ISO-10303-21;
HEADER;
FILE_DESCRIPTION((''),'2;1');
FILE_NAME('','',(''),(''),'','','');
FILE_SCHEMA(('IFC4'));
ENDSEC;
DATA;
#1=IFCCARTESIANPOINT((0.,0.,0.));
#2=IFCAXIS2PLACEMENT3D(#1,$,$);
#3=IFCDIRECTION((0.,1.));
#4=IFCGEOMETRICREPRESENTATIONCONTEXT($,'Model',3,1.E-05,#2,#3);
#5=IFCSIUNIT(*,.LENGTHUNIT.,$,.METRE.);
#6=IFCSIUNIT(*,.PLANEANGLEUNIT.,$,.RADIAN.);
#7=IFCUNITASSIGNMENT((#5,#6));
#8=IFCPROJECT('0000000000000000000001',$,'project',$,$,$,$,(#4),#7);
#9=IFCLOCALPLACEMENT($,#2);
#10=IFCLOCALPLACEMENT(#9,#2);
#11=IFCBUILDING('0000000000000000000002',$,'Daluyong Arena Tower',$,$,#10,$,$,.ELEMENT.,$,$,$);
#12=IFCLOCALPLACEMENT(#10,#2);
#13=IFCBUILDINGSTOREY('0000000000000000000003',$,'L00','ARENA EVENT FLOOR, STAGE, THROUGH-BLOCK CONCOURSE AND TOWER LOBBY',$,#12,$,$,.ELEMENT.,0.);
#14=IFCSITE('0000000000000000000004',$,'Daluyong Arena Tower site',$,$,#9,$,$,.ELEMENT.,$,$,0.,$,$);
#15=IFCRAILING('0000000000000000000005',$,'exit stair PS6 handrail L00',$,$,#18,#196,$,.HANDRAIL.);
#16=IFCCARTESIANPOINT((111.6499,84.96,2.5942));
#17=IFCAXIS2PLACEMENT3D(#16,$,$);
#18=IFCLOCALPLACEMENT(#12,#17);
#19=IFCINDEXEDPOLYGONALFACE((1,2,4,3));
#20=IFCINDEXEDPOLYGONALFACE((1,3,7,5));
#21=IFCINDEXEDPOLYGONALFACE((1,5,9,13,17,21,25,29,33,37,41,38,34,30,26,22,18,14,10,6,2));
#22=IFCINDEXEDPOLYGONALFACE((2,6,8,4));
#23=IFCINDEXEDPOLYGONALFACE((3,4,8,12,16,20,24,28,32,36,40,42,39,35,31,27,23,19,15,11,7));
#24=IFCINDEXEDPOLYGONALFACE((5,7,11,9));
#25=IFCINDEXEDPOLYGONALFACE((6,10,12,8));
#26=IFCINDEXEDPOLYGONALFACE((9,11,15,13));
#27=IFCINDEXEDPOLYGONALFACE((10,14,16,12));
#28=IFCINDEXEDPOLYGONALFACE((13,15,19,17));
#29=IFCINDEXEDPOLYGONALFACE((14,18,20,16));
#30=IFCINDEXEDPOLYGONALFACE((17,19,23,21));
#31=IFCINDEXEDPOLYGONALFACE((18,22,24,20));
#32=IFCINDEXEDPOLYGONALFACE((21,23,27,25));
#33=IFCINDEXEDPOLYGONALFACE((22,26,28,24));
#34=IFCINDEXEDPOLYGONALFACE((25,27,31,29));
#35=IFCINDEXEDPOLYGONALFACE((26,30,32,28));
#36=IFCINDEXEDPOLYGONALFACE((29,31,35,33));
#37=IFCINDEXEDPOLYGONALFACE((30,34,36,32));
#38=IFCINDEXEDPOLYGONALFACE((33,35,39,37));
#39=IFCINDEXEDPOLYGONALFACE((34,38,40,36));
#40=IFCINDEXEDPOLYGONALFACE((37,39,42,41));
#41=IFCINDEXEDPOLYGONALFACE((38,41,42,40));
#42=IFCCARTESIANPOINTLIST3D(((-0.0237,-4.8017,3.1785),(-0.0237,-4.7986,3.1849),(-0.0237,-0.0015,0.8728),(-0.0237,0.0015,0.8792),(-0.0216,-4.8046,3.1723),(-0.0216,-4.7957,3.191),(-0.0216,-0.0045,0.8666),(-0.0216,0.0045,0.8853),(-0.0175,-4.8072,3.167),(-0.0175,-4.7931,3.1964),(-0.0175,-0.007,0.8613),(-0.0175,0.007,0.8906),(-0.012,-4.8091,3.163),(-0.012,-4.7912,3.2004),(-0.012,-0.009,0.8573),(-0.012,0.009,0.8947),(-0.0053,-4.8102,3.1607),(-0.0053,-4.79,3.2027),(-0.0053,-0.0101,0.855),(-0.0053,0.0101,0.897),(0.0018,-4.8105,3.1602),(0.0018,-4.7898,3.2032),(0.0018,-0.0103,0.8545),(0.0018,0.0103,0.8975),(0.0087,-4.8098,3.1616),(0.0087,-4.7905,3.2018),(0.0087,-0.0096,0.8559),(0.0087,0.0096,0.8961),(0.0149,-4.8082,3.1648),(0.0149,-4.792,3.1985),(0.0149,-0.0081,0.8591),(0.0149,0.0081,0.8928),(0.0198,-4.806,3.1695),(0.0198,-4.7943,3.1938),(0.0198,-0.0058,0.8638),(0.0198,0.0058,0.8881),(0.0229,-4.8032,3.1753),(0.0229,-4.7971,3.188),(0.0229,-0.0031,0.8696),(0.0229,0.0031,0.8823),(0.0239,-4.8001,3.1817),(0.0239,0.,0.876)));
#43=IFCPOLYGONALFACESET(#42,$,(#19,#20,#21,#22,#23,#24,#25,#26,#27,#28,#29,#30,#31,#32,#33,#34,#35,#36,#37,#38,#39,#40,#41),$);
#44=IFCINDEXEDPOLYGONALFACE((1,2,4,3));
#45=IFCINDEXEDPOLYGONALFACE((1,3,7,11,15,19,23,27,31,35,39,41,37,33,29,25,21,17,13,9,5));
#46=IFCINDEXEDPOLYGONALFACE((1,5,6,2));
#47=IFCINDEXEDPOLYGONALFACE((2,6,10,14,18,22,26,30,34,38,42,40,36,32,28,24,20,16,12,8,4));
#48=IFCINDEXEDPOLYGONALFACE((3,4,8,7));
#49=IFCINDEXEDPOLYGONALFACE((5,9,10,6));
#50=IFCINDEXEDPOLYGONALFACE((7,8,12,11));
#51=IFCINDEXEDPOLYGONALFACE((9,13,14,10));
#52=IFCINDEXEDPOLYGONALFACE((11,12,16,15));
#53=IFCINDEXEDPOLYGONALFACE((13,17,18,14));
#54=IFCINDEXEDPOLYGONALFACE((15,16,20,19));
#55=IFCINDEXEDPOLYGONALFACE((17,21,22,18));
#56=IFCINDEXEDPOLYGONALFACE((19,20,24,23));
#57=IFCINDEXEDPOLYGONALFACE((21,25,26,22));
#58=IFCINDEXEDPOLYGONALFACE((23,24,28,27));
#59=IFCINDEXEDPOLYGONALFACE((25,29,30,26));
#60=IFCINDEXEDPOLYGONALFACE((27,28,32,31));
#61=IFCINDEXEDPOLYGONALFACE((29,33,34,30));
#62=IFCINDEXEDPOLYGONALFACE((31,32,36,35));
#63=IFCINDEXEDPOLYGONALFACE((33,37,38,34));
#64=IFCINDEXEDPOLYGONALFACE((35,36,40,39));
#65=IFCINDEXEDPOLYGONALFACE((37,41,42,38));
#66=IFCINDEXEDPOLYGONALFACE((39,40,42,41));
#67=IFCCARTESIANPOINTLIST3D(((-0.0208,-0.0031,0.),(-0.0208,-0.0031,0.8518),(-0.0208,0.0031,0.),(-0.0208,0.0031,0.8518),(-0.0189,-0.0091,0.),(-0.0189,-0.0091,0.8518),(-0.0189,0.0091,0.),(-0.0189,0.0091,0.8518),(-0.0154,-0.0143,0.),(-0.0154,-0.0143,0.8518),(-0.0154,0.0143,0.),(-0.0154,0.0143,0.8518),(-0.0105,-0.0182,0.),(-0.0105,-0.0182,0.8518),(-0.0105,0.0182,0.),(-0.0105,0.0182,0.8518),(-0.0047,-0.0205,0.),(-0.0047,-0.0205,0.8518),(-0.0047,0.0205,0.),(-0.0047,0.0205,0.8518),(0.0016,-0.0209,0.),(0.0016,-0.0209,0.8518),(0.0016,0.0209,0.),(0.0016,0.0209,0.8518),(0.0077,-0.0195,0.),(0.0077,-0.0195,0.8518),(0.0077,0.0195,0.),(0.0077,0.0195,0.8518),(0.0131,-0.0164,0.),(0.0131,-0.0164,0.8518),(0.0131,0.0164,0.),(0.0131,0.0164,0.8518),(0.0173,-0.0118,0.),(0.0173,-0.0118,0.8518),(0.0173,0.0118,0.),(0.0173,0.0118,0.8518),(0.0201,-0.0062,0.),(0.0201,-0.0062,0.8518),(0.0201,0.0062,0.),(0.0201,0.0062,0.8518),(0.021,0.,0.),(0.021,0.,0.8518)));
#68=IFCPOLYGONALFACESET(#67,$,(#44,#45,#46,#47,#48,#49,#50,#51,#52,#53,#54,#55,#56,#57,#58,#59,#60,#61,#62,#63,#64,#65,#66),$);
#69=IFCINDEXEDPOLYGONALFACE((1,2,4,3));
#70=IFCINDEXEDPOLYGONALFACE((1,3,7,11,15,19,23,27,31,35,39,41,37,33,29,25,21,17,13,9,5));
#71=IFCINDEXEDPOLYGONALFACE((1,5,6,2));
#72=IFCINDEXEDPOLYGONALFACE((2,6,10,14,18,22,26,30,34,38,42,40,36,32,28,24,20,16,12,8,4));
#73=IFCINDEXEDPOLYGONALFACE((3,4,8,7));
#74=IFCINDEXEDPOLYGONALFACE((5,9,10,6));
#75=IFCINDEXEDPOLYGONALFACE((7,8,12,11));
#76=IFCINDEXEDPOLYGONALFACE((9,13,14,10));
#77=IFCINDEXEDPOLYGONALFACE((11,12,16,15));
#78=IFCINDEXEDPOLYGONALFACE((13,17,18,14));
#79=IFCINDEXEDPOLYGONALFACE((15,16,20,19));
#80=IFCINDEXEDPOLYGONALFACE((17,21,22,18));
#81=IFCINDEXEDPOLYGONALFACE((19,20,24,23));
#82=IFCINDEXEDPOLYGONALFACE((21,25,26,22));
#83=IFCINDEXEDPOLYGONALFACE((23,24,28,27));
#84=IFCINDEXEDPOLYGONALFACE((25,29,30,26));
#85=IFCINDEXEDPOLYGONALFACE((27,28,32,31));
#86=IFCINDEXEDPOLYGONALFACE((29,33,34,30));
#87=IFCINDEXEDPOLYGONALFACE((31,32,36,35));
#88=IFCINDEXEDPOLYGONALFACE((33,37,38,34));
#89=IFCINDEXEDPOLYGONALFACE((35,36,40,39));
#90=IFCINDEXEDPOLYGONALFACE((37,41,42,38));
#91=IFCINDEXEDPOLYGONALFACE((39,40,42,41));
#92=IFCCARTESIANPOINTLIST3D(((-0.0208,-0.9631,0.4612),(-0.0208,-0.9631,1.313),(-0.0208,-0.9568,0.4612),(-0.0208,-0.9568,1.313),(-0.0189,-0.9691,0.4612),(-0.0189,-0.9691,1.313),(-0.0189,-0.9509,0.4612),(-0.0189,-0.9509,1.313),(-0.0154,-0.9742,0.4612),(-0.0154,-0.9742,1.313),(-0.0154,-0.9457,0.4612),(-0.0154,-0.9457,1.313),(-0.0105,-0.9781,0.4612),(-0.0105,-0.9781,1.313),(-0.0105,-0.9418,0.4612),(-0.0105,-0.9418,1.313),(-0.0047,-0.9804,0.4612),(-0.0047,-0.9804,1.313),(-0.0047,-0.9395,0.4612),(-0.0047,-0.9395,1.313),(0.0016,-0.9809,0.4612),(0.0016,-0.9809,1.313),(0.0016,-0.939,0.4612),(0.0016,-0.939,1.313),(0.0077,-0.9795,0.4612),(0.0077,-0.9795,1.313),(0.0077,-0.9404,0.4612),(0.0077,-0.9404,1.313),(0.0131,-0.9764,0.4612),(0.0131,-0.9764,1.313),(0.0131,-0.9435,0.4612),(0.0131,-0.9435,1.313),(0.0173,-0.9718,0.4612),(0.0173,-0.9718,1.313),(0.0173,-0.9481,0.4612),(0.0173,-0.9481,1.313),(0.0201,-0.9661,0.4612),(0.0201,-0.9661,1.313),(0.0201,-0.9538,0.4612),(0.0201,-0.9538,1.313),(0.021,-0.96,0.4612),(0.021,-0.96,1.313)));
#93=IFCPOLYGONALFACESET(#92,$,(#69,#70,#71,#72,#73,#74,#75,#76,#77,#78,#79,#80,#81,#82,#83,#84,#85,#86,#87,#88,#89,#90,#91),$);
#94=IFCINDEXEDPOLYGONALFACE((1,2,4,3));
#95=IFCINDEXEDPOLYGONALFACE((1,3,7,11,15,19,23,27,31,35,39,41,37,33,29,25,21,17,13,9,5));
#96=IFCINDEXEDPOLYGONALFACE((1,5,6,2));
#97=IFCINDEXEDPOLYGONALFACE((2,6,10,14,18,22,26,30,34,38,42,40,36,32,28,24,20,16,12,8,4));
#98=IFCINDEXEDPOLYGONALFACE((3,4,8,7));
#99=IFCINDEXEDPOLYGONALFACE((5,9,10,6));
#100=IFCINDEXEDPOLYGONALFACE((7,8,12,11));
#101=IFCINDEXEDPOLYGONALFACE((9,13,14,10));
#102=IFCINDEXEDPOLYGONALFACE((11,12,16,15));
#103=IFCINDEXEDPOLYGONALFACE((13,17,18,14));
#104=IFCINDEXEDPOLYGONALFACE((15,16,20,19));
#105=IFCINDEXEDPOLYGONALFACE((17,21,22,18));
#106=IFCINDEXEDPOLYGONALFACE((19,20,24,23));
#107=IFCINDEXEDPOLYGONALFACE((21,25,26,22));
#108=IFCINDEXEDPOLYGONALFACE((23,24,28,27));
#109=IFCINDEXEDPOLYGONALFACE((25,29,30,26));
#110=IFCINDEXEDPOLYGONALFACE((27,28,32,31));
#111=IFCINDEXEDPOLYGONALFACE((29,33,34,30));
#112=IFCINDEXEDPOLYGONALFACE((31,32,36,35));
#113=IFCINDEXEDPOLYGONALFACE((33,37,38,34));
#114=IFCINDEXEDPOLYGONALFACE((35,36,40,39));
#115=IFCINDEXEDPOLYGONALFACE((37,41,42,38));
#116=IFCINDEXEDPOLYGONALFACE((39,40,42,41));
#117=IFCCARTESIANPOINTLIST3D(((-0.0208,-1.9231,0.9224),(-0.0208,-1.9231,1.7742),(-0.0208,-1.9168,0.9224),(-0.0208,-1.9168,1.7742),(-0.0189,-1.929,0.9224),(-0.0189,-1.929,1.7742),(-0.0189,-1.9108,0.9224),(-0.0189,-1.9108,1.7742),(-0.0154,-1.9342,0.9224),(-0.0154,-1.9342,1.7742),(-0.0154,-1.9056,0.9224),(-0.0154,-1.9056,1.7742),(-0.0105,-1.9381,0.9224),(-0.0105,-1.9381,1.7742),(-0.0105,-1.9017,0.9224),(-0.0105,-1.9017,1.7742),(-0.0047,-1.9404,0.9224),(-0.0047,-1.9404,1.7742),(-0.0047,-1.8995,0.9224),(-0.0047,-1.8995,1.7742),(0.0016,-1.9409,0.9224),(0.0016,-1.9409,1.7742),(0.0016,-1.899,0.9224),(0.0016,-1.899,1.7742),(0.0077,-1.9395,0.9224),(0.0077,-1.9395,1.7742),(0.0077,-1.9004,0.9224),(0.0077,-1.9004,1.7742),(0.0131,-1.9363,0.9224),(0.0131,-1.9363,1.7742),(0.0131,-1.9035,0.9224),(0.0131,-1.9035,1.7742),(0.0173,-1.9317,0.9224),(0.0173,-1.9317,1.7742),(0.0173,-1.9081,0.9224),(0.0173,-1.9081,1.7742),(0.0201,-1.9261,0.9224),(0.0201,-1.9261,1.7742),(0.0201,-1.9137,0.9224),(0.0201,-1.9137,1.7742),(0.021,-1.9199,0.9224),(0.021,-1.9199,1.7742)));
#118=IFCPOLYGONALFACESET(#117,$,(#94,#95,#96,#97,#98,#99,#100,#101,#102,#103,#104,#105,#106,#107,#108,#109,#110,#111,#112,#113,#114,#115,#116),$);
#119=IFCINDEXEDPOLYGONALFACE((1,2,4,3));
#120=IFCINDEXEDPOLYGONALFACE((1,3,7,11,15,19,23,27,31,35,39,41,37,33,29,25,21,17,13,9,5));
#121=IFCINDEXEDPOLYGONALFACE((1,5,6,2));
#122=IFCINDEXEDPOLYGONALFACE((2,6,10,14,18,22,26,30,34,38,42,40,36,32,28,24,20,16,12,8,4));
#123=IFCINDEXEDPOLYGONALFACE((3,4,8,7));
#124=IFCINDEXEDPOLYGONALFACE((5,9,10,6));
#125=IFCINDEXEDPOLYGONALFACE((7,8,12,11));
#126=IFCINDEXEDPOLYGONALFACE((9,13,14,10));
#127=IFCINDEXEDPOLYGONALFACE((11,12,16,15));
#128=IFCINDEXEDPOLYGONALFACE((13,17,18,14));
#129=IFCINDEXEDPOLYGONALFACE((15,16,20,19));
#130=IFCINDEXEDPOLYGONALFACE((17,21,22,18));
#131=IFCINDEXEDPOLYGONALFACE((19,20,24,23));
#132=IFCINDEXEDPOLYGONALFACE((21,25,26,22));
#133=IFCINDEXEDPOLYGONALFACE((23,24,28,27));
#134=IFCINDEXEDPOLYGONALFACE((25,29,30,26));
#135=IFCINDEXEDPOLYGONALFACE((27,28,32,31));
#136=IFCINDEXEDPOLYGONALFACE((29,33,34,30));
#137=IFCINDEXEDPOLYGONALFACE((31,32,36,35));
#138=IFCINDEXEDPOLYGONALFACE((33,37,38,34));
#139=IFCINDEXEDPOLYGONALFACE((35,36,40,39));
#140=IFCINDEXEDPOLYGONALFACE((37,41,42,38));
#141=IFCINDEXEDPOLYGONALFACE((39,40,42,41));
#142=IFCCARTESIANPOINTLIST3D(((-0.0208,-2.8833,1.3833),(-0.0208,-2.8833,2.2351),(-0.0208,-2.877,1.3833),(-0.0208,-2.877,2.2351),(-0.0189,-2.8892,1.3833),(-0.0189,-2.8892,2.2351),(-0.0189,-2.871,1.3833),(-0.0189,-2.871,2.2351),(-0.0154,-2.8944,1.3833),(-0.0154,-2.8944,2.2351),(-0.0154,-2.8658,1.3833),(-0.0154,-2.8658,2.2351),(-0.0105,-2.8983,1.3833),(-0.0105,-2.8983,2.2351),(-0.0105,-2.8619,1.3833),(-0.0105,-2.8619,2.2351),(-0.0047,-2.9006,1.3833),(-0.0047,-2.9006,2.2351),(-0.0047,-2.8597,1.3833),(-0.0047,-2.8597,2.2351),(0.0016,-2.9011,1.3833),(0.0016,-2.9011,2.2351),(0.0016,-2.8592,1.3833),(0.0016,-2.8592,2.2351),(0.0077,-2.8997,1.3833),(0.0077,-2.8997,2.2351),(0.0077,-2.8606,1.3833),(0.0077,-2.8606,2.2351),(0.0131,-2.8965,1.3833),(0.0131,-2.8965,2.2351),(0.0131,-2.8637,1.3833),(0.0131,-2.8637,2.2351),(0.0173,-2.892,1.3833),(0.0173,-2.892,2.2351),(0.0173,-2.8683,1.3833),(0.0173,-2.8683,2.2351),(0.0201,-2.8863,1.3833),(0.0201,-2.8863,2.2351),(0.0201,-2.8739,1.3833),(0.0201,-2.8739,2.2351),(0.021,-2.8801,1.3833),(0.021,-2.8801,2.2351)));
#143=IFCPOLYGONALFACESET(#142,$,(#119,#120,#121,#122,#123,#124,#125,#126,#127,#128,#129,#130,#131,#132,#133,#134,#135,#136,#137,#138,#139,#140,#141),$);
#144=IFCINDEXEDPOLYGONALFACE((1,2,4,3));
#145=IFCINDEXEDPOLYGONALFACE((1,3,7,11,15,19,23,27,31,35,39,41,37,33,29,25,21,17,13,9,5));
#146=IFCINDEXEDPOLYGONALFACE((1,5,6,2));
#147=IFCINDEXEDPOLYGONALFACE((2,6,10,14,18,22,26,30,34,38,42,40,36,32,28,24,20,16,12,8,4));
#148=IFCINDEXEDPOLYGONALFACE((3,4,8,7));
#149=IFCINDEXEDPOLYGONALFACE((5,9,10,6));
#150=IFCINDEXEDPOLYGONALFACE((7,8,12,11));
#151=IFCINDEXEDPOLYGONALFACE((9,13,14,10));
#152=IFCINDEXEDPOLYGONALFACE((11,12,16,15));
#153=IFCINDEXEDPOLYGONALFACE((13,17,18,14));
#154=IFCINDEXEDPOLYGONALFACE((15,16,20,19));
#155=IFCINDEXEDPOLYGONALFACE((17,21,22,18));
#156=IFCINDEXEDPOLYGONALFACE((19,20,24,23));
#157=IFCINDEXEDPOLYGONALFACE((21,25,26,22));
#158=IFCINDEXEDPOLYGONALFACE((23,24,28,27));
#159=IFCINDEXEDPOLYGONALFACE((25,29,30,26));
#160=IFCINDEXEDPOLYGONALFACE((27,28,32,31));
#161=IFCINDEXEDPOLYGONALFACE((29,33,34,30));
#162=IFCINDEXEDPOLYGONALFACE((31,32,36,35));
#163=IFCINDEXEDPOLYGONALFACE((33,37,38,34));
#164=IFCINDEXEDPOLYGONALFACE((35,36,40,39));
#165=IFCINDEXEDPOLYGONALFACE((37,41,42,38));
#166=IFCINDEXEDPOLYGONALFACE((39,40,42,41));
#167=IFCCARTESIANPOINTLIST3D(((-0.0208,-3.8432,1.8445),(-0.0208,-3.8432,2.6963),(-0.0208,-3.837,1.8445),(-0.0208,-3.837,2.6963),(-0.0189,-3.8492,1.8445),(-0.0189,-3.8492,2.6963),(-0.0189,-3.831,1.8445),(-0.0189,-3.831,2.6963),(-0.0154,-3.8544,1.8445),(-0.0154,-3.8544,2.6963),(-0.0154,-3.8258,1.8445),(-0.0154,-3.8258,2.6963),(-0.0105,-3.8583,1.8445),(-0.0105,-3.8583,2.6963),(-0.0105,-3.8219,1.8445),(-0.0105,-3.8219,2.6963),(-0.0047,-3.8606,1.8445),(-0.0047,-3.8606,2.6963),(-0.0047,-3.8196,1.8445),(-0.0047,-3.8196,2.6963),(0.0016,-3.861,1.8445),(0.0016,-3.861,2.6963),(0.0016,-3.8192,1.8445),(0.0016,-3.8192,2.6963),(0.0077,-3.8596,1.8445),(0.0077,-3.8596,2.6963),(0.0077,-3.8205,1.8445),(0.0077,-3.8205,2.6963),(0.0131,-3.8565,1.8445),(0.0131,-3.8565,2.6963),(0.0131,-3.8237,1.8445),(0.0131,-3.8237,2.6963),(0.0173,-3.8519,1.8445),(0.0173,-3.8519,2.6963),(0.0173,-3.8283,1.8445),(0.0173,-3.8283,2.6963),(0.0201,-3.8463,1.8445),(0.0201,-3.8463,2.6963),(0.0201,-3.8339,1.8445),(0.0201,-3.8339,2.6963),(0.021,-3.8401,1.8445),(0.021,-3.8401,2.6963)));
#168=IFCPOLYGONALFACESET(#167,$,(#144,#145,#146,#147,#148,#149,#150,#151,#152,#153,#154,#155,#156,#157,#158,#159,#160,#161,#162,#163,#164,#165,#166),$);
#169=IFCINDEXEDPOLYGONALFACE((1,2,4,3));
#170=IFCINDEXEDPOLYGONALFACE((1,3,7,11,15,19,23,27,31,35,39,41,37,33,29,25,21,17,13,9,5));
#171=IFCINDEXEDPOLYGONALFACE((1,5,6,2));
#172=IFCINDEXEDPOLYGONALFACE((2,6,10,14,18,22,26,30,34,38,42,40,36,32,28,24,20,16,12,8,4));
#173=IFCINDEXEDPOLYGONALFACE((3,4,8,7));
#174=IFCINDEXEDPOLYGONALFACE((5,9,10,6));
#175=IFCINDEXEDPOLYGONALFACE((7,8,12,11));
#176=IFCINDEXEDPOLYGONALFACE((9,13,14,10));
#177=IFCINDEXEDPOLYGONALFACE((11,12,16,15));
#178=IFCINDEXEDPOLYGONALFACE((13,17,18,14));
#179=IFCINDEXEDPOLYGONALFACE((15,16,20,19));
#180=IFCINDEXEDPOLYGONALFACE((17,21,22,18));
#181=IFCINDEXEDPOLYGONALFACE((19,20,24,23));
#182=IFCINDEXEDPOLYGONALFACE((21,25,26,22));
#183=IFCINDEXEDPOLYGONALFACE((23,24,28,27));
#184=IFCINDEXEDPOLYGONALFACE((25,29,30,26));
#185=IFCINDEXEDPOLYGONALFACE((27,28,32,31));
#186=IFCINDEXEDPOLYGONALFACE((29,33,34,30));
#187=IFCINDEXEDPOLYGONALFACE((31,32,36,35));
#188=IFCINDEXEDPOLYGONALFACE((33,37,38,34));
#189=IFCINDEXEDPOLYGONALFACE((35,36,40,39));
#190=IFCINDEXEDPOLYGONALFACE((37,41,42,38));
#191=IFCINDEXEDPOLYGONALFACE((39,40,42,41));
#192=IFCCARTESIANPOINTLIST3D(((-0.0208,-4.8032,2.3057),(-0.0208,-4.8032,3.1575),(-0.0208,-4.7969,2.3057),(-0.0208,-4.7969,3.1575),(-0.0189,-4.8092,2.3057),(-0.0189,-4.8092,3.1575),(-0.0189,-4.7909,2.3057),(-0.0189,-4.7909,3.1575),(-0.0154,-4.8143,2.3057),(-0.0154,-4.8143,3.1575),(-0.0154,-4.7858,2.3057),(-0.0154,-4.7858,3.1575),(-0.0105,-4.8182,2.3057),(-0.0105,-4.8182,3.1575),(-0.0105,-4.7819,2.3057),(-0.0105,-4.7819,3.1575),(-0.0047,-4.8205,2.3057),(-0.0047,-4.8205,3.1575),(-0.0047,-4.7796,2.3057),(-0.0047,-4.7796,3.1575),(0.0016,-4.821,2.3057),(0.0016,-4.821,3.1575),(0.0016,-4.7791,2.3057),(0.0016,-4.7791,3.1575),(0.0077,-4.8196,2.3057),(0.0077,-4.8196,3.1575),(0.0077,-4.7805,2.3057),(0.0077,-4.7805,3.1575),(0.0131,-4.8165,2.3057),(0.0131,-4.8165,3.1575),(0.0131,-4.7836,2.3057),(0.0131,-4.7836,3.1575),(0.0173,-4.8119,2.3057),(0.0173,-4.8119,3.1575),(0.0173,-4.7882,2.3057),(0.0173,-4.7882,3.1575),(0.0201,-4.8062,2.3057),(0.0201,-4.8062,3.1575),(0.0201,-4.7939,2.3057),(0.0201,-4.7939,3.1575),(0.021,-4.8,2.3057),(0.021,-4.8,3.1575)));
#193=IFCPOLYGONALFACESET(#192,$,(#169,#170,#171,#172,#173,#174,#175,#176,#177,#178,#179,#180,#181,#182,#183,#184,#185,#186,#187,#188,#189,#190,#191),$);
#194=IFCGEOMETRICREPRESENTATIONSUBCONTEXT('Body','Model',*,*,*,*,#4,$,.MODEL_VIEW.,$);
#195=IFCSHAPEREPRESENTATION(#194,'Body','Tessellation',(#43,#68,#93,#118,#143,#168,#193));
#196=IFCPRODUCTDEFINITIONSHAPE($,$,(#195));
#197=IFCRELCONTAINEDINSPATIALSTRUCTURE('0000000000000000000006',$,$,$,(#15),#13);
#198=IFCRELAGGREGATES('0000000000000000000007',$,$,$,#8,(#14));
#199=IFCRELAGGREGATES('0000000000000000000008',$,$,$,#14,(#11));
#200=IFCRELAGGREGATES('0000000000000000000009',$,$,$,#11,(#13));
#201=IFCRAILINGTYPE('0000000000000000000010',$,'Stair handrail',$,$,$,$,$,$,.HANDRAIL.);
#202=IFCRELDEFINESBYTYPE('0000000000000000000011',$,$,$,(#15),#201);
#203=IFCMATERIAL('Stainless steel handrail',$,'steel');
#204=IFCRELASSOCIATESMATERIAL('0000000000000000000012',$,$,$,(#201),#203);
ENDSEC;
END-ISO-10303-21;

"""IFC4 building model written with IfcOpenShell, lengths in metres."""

from ifc_helpers import new_model, si_unit, direction, frame, origin, origin_2d, place, context, subcontext, project, spatial, circle, extrude, material, type_object, element, save


model = new_model("IFC4")

# Units and contexts
model_context = context("Model", 3, precision=1e-05, world=origin(), true_north=direction((0.0, 1.0)))
body_context = subcontext(model_context, "Body", "Model", "MODEL_VIEW")
ifc_project = project(units=[si_unit("LENGTHUNIT", "METRE"), si_unit("PLANEANGLEUNIT", "RADIAN")], contexts=[model_context])

# Site, building, storey
site_placement = place(None, origin())
site = spatial("IfcSite", under=ifc_project, at=site_placement, Name="Daluyong Arena Tower site", CompositionType="ELEMENT", RefElevation=0.0)
building_placement = place(site_placement, origin())
building = spatial("IfcBuilding", under=site, at=building_placement, Name="Daluyong Arena Tower", CompositionType="ELEMENT")
storey_placement = place(building_placement, origin())
storey = spatial("IfcBuildingStorey", under=building, at=storey_placement, Name="L00", Description="ARENA EVENT FLOOR, STAGE, THROUGH-BLOCK CONCOURSE AND TOWER LOBBY", CompositionType="ELEMENT", Elevation=0.0)

# Railing
ifc_material_1 = material(Name="Stainless steel handrail", Category="steel")
railing_type_1 = type_object("IfcRailingType", Name="Stair handrail", PredefinedType="HANDRAIL", material=ifc_material_1)
railing_1_placement = place(storey_placement, frame((111.6499, 84.96, 2.5942)))
element("IfcRailing", 1, at=railing_1_placement, inside=storey, type_object=railing_type_1, Name="exit stair PS6 handrail L00", PredefinedType="HANDRAIL", context=body_context, shape_type="SweptSolid", body=[
    extrude(circle(Radius=0.0239, at=origin_2d()), frame((0.0, 0.0, 0.876), z_axis=(0.0, -0.901403, 0.432981), x_axis=(1.0, 0.0, 0.0)), (0.0, 0.0, 1.0), 5.3252),
    extrude(circle(Radius=0.021, at=origin_2d()), origin(), (0.0, 0.0, 1.0), 0.8518),
    extrude(circle(Radius=0.021, at=origin_2d()), frame((0.0, -0.96, 0.4612)), (0.0, 0.0, 1.0), 0.8518),
    extrude(circle(Radius=0.021, at=origin_2d()), frame((0.0, -1.9199, 0.9224)), (0.0, 0.0, 1.0), 0.8518),
    extrude(circle(Radius=0.021, at=origin_2d()), frame((0.0, -2.8801, 1.3833)), (0.0, 0.0, 1.0), 0.8518),
    extrude(circle(Radius=0.021, at=origin_2d()), frame((0.0, -3.8401, 1.8445)), (0.0, 0.0, 1.0), 0.8518),
    extrude(circle(Radius=0.021, at=origin_2d()), frame((0.0, -4.8, 2.3057)), (0.0, 0.0, 1.0), 0.8518),
])

save(model, "model.ifc")
